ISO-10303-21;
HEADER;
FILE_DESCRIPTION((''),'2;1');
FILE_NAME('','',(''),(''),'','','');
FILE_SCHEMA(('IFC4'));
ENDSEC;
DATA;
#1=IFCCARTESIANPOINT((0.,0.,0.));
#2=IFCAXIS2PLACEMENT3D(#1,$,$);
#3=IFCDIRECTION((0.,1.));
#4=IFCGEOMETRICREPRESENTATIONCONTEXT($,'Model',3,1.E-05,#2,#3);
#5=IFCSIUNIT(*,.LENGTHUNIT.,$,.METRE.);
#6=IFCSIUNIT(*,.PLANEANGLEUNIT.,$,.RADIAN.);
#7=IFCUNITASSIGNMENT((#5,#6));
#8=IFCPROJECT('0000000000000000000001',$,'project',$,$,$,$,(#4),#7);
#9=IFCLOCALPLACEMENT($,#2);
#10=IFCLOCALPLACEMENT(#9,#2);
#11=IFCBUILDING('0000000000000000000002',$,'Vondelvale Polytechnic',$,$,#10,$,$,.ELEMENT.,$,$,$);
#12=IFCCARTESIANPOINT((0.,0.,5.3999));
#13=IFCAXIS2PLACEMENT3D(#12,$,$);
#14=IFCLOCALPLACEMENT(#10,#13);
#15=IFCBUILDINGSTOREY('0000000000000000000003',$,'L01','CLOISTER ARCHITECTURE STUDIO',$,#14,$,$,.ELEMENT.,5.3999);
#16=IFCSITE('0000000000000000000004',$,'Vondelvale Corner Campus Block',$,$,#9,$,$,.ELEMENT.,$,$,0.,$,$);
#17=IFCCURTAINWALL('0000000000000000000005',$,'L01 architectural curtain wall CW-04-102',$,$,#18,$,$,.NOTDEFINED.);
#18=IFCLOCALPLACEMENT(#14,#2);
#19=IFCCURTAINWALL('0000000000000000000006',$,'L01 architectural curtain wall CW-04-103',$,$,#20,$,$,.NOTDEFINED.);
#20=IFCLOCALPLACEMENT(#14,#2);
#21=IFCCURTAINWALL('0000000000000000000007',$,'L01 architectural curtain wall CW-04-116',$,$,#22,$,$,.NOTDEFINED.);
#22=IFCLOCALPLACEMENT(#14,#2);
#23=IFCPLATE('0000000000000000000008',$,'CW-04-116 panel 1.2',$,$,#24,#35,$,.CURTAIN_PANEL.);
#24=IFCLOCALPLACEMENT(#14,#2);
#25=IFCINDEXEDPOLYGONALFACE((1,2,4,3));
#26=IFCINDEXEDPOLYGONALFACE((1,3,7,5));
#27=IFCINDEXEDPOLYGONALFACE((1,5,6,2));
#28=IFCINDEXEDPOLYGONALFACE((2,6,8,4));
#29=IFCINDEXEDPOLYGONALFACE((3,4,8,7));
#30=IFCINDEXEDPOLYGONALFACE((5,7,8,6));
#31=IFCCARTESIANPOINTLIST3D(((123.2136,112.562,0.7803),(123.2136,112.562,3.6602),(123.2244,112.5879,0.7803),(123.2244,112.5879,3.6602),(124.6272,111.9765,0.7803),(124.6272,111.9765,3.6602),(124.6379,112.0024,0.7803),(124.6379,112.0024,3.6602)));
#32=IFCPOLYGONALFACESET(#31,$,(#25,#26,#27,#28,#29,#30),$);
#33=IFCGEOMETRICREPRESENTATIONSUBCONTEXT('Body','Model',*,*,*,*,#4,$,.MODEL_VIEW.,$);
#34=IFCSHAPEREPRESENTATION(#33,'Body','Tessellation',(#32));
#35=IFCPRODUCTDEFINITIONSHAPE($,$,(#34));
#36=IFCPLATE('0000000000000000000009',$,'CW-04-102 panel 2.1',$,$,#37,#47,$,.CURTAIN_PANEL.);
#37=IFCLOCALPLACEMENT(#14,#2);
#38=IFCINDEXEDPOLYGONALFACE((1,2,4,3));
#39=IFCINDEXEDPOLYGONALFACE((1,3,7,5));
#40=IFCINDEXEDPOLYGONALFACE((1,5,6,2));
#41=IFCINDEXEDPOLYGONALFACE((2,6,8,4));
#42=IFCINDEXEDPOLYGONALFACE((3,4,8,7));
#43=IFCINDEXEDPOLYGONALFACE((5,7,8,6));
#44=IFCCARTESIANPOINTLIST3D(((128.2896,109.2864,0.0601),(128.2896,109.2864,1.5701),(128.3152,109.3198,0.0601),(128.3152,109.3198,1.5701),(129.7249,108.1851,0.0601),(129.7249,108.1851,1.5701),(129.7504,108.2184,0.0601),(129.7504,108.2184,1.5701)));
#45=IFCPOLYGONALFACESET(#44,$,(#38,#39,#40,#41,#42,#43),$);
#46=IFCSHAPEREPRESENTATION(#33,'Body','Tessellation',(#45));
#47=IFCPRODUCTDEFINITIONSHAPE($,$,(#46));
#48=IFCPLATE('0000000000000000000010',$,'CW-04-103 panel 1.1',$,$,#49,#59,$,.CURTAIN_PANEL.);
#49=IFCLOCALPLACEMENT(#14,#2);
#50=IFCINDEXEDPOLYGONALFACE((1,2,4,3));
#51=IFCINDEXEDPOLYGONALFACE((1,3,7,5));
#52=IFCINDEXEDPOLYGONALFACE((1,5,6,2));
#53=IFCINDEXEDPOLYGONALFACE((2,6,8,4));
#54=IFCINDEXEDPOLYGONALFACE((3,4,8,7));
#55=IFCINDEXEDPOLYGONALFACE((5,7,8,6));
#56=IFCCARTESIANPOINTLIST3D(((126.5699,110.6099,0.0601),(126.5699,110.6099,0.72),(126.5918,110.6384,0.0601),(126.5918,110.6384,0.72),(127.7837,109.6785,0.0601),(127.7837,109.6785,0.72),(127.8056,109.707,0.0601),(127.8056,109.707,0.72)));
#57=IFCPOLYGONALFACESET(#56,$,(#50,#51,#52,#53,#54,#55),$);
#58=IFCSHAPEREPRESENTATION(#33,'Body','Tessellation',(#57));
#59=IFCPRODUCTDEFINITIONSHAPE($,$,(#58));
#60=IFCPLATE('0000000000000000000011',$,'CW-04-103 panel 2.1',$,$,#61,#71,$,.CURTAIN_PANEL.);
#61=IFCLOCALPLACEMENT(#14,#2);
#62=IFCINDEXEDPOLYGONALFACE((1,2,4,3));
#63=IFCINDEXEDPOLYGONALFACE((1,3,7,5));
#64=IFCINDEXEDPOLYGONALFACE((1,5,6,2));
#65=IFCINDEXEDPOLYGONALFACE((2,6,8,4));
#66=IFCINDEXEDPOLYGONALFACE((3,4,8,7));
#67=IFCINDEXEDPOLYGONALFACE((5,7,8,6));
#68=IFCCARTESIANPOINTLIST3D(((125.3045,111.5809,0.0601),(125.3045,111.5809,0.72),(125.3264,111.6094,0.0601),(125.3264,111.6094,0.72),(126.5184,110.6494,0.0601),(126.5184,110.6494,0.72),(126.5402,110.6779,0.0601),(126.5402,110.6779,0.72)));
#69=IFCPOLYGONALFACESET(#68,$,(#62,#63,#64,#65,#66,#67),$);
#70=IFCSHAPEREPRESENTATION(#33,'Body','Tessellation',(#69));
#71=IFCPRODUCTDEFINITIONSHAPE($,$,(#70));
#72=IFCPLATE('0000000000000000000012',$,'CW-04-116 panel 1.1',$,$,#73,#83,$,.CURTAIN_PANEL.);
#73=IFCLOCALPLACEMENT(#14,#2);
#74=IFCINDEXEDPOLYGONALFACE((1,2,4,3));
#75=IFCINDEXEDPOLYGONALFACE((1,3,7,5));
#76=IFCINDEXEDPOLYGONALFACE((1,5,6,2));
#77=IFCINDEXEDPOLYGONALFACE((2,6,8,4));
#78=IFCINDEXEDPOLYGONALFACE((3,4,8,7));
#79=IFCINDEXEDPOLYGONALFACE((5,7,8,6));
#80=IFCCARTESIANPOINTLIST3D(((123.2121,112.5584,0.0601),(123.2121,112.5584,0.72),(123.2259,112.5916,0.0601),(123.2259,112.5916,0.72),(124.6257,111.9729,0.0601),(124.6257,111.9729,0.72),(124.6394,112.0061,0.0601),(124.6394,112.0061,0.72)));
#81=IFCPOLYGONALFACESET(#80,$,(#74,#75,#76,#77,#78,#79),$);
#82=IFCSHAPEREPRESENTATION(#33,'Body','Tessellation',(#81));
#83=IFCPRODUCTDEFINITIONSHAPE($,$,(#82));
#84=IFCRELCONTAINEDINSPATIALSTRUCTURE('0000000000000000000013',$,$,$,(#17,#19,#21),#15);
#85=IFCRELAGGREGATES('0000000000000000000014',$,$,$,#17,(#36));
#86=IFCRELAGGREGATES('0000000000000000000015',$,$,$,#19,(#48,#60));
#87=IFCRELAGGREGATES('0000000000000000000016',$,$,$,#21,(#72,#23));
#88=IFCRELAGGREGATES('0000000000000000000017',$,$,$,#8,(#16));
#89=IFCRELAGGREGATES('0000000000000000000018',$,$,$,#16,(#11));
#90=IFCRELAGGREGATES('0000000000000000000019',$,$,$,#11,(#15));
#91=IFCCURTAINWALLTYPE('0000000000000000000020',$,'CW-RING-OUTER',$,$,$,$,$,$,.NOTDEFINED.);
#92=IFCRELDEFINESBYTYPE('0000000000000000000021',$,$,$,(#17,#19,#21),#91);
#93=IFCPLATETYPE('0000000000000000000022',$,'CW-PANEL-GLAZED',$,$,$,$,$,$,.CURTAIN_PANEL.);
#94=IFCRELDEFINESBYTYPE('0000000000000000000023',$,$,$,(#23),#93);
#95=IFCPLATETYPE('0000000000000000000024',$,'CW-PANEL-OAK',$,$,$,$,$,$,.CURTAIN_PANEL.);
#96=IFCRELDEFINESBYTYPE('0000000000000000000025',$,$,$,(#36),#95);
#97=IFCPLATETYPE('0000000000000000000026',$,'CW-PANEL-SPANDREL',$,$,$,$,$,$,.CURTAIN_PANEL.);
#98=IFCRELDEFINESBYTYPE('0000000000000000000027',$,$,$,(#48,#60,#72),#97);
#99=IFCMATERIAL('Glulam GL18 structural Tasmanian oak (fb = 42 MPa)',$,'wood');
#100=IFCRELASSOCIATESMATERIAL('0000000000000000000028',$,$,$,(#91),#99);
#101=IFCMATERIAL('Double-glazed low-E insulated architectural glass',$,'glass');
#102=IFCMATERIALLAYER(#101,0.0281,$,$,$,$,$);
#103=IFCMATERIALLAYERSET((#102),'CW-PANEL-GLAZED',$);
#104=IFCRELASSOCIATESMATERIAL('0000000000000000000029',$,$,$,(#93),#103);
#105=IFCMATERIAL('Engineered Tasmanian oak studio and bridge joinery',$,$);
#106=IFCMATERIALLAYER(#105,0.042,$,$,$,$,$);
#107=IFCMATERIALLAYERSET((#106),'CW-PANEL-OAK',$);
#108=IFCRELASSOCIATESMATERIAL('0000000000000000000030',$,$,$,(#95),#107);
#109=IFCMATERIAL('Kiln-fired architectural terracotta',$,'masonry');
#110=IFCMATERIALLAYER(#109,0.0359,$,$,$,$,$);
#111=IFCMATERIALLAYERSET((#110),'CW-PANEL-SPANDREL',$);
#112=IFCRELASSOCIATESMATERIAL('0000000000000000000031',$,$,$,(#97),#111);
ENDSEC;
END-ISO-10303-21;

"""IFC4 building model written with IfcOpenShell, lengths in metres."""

from ifc_helpers import new_model, si_unit, direction, frame, origin, origin_2d, place, context, subcontext, project, spatial, rectangle, extrude, material, layer, layer_set, type_object, element, aggregate, save


model = new_model("IFC4")

# Units and contexts
model_context = context("Model", 3, precision=1e-05, world=origin(), true_north=direction((0.0, 1.0)))
body_context = subcontext(model_context, "Body", "Model", "MODEL_VIEW")
ifc_project = project(units=[si_unit("LENGTHUNIT", "METRE"), si_unit("PLANEANGLEUNIT", "RADIAN")], contexts=[model_context])

# Site, building, storey
site_placement = place(None, origin())
site = spatial("IfcSite", under=ifc_project, at=site_placement, Name="Vondelvale Corner Campus Block", CompositionType="ELEMENT", RefElevation=0.0)
building_placement = place(site_placement, origin())
building = spatial("IfcBuilding", under=site, at=building_placement, Name="Vondelvale Polytechnic", CompositionType="ELEMENT")
storey_placement = place(building_placement, frame((0.0, 0.0, 5.3999)))
storey = spatial("IfcBuildingStorey", under=building, at=storey_placement, Name="L01", Description="CLOISTER ARCHITECTURE STUDIO", CompositionType="ELEMENT", Elevation=5.3999)

# Shared definitions
ifc_material_1 = material(Name="Glulam GL18 structural Tasmanian oak (fb = 42 MPa)", Category="wood")

# Curtain wall
curtain_wall_type = type_object("IfcCurtainWallType", Name="CW-RING-OUTER", PredefinedType="NOTDEFINED", material=ifc_material_1)
curtain_wall_1_placement = place(storey_placement, origin())
curtain_wall_1 = element("IfcCurtainWall", 1, at=curtain_wall_1_placement, inside=storey, type_object=curtain_wall_type, Name="L01 architectural curtain wall CW-04-102", PredefinedType="NOTDEFINED")

# Curtain walls
curtain_wall_2_placement = place(storey_placement, origin())
curtain_wall_2 = element("IfcCurtainWall", 2, at=curtain_wall_2_placement, inside=storey, type_object=curtain_wall_type, Name="L01 architectural curtain wall CW-04-103", PredefinedType="NOTDEFINED")
curtain_wall_3_placement = place(storey_placement, origin())
curtain_wall_3 = element("IfcCurtainWall", 3, at=curtain_wall_3_placement, inside=storey, type_object=curtain_wall_type, Name="L01 architectural curtain wall CW-04-116", PredefinedType="NOTDEFINED")

# Plates
ifc_material_2 = material(Name="Double-glazed low-E insulated architectural glass", Category="glass")
ifc_layer_1 = layer(ifc_material_2, 0.0281)
ifc_layer_set_1 = layer_set([ifc_layer_1], Name="CW-PANEL-GLAZED")
plate_type_1 = type_object("IfcPlateType", Name="CW-PANEL-GLAZED", PredefinedType="CURTAIN_PANEL", material=ifc_layer_set_1)
plate_1_placement = place(storey_placement, frame((123.9258, 112.2822, 0.7803), z_axis=(0.0, 0.0, 1.0), x_axis=(-0.923882, 0.382677, 0.0)))
plate_1 = element("IfcPlate", 4, at=plate_1_placement, type_object=plate_type_1, Name="CW-04-116 panel 1.2", PredefinedType="CURTAIN_PANEL", context=body_context, shape_type="SweptSolid", body=[
    extrude(rectangle(XDim=1.53, YDim=0.0281, at=origin_2d()), origin(), (0.0, 0.0, 1.0), 2.8799),
])
ifc_material_3 = material(Name="Engineered Tasmanian oak studio and bridge joinery")
ifc_layer_2 = layer(ifc_material_3, 0.042)
ifc_layer_set_2 = layer_set([ifc_layer_2], Name="CW-PANEL-OAK")
plate_type_2 = type_object("IfcPlateType", Name="CW-PANEL-OAK", PredefinedType="CURTAIN_PANEL", material=ifc_layer_set_2)
plate_2_placement = place(storey_placement, frame((129.02, 108.7524, 0.0601), z_axis=(0.0, 0.0, 1.0), x_axis=(-0.793346, 0.608771, 0.0)))
plate_2 = element("IfcPlate", 5, at=plate_2_placement, type_object=plate_type_2, Name="CW-04-102 panel 2.1", PredefinedType="CURTAIN_PANEL", context=body_context, shape_type="SweptSolid", body=[
    extrude(rectangle(XDim=1.8091, YDim=0.042, at=origin_2d()), origin(), (0.0, 0.0, 1.0), 1.51),
])
aggregate(curtain_wall_1, [plate_2])
ifc_material_4 = material(Name="Kiln-fired architectural terracotta", Category="masonry")
ifc_layer_3 = layer(ifc_material_4, 0.0359)
ifc_layer_set_3 = layer_set([ifc_layer_3], Name="CW-PANEL-SPANDREL")
plate_type_3 = type_object("IfcPlateType", Name="CW-PANEL-SPANDREL", PredefinedType="CURTAIN_PANEL", material=ifc_layer_set_3)
plate_3_placement = place(storey_placement, frame((127.1877, 110.1584, 0.0601), z_axis=(0.0, 0.0, 1.0), x_axis=(-0.793334, 0.608787, 0.0)))
plate_3 = element("IfcPlate", 6, at=plate_3_placement, type_object=plate_type_3, Name="CW-04-103 panel 1.1", PredefinedType="CURTAIN_PANEL", context=body_context, shape_type="SweptSolid", body=[
    extrude(rectangle(XDim=1.53, YDim=0.0359, at=origin_2d()), origin(), (0.0, 0.0, 1.0), 0.6599),
])
plate_4_placement = place(storey_placement, frame((125.9224, 111.1294, 0.0601), z_axis=(0.0, 0.0, 1.0), x_axis=(-0.793334, 0.608787, 0.0)))
plate_4 = element("IfcPlate", 7, at=plate_4_placement, type_object=plate_type_3, Name="CW-04-103 panel 2.1", PredefinedType="CURTAIN_PANEL", context=body_context, shape_type="SweptSolid", body=[
    extrude(rectangle(XDim=1.53, YDim=0.0359, at=origin_2d()), origin(), (0.0, 0.0, 1.0), 0.6599),
])
aggregate(curtain_wall_2, [plate_3, plate_4])
plate_5_placement = place(storey_placement, frame((123.9258, 112.2822, 0.0601), z_axis=(0.0, 0.0, 1.0), x_axis=(-0.923882, 0.382677, 0.0)))
plate_5 = element("IfcPlate", 8, at=plate_5_placement, type_object=plate_type_3, Name="CW-04-116 panel 1.1", PredefinedType="CURTAIN_PANEL", context=body_context, shape_type="SweptSolid", body=[
    extrude(rectangle(XDim=1.53, YDim=0.0359, at=origin_2d()), origin(), (0.0, 0.0, 1.0), 0.6599),
])
aggregate(curtain_wall_3, [plate_5, plate_1])

save(model, "model.ifc")
